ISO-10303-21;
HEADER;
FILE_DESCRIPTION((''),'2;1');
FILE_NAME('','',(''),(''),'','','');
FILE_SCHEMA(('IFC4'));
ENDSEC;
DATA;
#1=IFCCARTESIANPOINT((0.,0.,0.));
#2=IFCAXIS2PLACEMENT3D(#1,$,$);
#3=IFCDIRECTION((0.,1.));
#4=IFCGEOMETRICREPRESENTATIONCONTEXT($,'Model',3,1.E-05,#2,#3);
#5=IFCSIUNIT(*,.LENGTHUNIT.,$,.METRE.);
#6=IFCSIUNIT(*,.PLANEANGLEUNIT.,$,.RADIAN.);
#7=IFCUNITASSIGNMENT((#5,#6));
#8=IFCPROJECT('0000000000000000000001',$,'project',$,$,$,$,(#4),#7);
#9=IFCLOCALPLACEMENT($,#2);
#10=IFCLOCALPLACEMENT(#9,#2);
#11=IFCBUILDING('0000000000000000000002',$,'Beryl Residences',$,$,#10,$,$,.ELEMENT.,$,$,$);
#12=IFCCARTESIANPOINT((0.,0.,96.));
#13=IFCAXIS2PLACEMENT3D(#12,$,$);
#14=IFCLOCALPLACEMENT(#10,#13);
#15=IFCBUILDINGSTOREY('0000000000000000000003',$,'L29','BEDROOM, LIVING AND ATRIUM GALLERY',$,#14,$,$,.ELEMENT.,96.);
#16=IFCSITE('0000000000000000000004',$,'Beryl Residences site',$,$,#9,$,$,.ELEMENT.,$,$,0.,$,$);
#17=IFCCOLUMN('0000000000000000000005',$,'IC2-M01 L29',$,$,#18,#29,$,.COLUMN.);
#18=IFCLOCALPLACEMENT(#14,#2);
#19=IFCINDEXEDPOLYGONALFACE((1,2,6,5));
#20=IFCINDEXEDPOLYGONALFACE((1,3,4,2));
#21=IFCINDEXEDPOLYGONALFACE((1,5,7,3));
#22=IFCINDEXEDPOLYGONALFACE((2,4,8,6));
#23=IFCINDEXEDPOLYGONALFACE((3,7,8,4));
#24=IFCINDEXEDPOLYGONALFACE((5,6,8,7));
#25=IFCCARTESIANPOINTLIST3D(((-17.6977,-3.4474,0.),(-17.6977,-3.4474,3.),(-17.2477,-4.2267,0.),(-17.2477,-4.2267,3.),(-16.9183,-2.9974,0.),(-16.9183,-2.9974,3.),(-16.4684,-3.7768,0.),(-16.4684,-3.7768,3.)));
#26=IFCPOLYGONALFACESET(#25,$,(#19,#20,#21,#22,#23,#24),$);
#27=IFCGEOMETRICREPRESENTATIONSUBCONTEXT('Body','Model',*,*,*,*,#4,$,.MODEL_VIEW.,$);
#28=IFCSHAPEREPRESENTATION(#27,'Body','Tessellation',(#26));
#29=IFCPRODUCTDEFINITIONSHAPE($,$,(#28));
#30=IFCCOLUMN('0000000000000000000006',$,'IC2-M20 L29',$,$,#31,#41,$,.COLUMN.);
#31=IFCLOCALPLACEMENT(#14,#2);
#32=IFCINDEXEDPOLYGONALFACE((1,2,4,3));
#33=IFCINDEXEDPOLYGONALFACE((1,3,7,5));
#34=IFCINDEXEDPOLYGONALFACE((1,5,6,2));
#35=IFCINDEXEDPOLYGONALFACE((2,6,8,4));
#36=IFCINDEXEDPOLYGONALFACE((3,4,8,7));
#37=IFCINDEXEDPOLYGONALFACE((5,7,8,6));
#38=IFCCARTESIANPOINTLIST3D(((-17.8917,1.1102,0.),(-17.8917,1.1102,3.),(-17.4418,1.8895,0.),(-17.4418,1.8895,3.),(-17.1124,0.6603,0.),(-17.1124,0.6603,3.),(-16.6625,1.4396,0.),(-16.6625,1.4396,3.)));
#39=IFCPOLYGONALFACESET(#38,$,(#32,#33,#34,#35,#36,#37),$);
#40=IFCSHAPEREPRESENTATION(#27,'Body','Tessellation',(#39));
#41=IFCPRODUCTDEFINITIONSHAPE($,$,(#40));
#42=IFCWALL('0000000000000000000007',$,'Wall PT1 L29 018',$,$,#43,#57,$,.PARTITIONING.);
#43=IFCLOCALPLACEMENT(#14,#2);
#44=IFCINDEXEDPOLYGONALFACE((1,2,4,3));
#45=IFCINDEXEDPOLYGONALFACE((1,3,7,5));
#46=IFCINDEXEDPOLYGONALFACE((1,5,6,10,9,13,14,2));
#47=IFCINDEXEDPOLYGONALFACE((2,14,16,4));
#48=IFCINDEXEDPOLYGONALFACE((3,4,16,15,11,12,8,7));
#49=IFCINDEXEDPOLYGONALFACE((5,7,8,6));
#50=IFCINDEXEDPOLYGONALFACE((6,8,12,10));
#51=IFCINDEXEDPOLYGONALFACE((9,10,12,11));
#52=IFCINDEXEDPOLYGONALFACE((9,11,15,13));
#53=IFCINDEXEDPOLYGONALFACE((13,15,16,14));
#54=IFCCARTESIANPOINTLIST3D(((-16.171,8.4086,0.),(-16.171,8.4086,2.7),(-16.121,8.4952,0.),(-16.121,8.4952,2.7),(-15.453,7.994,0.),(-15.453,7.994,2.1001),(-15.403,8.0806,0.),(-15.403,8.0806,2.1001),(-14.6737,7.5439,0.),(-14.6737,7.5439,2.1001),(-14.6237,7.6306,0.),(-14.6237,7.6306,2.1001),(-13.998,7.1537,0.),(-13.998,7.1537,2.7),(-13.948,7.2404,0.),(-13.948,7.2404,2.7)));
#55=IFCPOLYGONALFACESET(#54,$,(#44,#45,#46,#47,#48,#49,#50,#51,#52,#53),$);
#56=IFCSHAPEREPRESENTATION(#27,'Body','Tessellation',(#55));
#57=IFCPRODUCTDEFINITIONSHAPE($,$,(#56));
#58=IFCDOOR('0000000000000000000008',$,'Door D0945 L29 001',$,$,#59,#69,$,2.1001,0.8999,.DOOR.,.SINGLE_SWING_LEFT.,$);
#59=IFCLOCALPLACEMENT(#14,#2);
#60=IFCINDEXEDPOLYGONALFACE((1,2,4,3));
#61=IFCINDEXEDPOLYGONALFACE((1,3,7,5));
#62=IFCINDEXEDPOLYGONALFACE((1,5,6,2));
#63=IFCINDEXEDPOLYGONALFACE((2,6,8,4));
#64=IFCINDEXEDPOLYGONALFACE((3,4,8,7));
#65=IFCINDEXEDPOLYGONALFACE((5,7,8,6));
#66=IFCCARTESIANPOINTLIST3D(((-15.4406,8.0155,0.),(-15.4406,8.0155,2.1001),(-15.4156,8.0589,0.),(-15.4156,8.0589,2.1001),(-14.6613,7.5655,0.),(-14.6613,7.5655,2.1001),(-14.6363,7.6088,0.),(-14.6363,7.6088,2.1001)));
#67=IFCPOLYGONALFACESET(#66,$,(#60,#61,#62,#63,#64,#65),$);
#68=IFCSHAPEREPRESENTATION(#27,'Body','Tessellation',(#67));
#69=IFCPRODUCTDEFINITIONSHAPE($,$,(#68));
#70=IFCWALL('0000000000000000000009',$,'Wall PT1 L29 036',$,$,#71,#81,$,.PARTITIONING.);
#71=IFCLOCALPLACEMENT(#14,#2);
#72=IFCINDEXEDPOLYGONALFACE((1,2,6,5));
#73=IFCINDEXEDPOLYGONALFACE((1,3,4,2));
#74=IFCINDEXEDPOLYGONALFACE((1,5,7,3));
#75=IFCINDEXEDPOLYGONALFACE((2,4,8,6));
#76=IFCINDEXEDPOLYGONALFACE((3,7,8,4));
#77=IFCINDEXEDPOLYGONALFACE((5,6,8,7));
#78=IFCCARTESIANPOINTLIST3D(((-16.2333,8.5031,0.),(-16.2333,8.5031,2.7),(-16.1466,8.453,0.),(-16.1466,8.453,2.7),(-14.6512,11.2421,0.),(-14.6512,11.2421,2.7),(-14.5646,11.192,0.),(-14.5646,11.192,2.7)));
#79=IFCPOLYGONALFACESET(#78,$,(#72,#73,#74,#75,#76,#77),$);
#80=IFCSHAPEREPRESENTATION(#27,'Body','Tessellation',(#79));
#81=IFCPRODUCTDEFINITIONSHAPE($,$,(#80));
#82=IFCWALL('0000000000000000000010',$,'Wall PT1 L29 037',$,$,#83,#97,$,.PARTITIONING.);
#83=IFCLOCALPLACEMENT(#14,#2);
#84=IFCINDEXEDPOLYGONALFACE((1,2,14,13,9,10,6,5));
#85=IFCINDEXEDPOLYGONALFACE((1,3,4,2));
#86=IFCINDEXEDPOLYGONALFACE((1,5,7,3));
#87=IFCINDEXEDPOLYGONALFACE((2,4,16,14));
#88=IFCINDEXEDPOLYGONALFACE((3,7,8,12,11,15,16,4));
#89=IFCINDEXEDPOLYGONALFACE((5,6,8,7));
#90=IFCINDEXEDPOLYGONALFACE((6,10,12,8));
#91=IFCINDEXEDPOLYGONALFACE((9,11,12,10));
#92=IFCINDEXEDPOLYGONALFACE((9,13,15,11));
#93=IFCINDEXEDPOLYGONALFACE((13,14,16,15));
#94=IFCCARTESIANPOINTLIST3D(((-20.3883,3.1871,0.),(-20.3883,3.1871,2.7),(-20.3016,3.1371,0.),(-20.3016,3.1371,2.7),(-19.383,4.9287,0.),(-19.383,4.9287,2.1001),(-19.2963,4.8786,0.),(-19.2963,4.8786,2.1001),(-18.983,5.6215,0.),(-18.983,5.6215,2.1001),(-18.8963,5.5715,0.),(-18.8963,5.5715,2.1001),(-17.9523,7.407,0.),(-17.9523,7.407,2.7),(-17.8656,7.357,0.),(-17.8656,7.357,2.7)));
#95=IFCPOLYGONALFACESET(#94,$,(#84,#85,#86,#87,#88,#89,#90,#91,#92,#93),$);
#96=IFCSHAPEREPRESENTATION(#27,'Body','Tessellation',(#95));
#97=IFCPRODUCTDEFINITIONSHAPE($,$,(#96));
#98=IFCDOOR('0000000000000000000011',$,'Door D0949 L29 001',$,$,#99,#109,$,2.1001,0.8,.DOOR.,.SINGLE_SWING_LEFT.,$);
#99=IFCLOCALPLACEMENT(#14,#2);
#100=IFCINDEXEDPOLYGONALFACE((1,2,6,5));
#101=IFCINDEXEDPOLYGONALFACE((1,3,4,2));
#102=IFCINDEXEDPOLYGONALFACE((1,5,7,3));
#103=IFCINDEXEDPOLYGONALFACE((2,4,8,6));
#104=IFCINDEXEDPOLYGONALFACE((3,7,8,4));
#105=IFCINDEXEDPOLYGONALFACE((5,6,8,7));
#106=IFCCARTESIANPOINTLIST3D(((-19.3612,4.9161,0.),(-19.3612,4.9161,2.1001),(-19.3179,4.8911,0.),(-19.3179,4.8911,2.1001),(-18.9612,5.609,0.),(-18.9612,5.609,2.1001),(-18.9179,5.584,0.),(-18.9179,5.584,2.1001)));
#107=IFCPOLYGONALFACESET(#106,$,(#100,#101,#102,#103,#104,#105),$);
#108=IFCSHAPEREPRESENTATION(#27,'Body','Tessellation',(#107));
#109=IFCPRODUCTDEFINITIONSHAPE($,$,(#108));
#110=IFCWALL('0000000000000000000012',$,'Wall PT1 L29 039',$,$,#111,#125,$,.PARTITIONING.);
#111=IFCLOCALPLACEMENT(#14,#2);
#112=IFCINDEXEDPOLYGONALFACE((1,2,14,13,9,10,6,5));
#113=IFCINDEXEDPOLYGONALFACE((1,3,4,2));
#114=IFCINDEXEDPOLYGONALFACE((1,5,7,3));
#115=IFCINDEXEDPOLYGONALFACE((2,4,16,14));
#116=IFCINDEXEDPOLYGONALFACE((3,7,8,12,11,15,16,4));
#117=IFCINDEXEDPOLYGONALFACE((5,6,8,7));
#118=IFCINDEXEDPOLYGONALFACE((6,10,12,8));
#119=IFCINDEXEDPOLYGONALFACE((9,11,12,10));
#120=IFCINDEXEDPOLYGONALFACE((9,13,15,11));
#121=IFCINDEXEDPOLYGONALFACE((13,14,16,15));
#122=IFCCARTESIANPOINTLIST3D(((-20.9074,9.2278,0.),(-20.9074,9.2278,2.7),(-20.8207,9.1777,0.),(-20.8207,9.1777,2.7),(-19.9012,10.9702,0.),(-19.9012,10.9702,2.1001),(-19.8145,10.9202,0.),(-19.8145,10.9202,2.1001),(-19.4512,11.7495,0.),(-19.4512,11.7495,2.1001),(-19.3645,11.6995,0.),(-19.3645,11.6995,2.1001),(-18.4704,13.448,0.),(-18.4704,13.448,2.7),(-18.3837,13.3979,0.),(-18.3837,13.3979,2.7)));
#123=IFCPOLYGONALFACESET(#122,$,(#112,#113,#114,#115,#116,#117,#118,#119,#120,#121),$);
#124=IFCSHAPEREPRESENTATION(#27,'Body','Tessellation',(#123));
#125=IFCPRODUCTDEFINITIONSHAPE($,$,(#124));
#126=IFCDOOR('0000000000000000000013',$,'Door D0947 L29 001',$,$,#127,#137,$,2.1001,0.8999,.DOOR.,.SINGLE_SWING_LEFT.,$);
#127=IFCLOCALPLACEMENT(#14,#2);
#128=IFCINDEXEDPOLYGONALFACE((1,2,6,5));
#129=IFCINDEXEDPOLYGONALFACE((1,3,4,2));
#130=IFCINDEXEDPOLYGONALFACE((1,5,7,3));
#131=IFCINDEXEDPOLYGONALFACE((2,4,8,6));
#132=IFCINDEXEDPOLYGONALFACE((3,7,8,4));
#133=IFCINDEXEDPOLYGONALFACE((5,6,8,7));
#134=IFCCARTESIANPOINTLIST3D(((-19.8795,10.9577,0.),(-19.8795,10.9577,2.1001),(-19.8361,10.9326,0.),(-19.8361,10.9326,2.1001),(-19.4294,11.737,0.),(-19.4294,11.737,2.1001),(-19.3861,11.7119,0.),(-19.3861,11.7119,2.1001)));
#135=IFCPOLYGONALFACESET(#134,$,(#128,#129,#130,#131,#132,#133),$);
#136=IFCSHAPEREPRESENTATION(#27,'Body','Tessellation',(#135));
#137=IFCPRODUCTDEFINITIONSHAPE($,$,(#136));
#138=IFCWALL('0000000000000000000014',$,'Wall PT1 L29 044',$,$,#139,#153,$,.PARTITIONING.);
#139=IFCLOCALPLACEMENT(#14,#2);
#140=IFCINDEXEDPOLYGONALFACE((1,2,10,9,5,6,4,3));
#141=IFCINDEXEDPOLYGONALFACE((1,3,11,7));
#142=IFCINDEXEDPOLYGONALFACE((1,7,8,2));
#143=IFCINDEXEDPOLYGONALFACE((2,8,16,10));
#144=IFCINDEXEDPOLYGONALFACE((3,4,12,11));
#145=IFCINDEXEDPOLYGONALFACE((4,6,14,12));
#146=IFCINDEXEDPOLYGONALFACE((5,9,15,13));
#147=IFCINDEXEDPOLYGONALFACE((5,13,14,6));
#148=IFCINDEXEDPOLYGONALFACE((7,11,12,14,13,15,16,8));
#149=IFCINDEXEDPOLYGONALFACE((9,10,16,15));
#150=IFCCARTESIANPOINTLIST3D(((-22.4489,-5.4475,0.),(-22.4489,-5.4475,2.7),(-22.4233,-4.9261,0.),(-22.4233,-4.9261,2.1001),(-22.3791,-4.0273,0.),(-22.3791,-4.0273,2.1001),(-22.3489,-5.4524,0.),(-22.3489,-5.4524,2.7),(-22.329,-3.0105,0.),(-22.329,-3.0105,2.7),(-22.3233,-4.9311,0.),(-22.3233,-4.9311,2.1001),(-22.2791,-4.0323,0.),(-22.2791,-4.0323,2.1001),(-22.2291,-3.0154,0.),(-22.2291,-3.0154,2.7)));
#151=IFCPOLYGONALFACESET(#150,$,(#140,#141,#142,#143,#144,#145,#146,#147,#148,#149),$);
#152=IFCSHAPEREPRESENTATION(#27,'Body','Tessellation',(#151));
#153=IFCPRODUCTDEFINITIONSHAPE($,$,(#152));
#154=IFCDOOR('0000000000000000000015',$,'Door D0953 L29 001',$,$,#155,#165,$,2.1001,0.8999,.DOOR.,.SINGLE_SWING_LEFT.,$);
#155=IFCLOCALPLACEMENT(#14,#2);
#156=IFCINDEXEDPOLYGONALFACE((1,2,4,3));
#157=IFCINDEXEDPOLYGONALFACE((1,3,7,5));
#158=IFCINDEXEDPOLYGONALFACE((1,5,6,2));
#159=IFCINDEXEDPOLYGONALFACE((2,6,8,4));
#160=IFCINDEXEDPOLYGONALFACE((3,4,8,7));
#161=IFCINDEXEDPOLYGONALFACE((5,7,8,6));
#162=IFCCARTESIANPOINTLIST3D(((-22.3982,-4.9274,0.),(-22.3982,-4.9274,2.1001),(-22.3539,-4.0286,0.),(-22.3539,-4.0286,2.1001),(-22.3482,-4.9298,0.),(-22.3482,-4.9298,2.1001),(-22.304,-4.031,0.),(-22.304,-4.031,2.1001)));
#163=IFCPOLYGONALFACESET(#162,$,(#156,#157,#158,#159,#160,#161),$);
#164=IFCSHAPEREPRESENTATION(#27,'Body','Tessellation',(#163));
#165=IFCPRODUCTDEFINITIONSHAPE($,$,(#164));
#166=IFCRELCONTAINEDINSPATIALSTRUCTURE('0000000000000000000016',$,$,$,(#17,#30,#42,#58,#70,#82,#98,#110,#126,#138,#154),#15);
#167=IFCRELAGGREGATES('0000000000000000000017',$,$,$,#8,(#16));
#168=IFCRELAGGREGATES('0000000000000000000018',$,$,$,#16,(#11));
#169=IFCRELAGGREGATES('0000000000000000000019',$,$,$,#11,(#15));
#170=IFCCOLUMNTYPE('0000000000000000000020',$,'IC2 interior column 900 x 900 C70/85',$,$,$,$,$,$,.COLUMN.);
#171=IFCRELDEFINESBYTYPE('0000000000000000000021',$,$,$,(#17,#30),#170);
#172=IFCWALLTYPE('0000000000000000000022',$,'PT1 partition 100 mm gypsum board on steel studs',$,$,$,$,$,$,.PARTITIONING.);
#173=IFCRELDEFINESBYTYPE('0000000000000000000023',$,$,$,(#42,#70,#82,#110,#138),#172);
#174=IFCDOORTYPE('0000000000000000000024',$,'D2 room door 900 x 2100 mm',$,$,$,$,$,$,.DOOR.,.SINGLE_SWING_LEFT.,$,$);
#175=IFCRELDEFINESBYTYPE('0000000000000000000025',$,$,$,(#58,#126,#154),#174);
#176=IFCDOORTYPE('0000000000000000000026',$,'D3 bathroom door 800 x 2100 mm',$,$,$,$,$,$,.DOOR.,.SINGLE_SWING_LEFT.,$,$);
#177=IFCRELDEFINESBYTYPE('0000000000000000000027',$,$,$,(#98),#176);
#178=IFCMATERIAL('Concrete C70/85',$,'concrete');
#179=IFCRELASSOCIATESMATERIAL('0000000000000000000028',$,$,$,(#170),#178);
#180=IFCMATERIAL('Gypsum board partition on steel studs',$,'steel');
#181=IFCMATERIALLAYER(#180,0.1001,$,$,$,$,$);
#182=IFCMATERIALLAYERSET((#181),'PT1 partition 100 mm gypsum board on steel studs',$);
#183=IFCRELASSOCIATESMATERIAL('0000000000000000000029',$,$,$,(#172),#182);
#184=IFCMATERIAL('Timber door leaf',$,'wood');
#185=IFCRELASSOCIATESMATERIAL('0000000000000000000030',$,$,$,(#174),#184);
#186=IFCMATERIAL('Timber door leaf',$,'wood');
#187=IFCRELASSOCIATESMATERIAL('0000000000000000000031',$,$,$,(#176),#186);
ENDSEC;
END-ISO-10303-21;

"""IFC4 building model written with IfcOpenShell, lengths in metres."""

from ifc_helpers import new_model, si_unit, direction, frame, frame_2d, origin, origin_2d, place, context, subcontext, project, spatial, rectangle, extrude, material, layer, layer_set, material_profile, profile_set, type_object, element, fill, save


model = new_model("IFC4")

# Units and contexts
model_context = context("Model", 3, precision=1e-05, world=origin(), true_north=direction((0.0, 1.0)))
body_context = subcontext(model_context, "Body", "Model", "MODEL_VIEW")
ifc_project = project(units=[si_unit("LENGTHUNIT", "METRE"), si_unit("PLANEANGLEUNIT", "RADIAN")], contexts=[model_context])

# Site, building, storey
site_placement = place(None, origin())
site = spatial("IfcSite", under=ifc_project, at=site_placement, Name="Beryl Residences site", CompositionType="ELEMENT", RefElevation=0.0)
building_placement = place(site_placement, origin())
building = spatial("IfcBuilding", under=site, at=building_placement, Name="Beryl Residences", CompositionType="ELEMENT")
storey_placement = place(building_placement, frame((0.0, 0.0, 96.0)))
storey = spatial("IfcBuildingStorey", under=building, at=storey_placement, Name="L29", Description="BEDROOM, LIVING AND ATRIUM GALLERY", CompositionType="ELEMENT", Elevation=96.0)

# Columns
ifc_material_1 = material(Name="Concrete C70/85", Category="concrete")
ifc_material_profile = material_profile(ifc_material_1, rectangle(XDim=0.8999, YDim=0.8999, at=origin_2d()))
ifc_profile_set = profile_set([ifc_material_profile], Name="Concrete C70/85")
column_type = type_object("IfcColumnType", Name="IC2 interior column 900 x 900 C70/85", PredefinedType="COLUMN", material=ifc_profile_set)
for number, where, z_axis, x_axis, name in (
    (1, (-17.083, -3.6121, 0.0), (0.0, 0.0, 1.0), (0.5, -0.866025, 0.0), "IC2-M01 L29"),
    (2, (-17.2771, 1.2749, 0.0), (0.0, 0.0, 1.0), (-0.5, -0.866025, 0.0), "IC2-M20 L29"),
):
    element("IfcColumn", number, at=place(storey_placement, frame(where, z_axis=z_axis, x_axis=x_axis)), inside=storey, type_object=column_type, Name=name, PredefinedType="COLUMN", context=body_context, shape_type="SweptSolid", body=[
        extrude(rectangle(XDim=0.8999, YDim=0.8999, at=origin_2d()), origin(), (0.0, 0.0, 1.0), 3.0),
    ])

# Wall, opening, door
ifc_material_2 = material(Name="Gypsum board partition on steel studs", Category="steel")
ifc_layer_1 = layer(ifc_material_2, 0.1001)
ifc_layer_set_1 = layer_set([ifc_layer_1], Name="PT1 partition 100 mm gypsum board on steel studs")
wall_type_1 = type_object("IfcWallType", Name="PT1 partition 100 mm gypsum board on steel studs", PredefinedType="PARTITIONING", material=ifc_layer_set_1)
wall_1_placement = place(storey_placement, frame((-16.146, 8.4519, 0.0), z_axis=(0.0, 0.0, 1.0), x_axis=(0.865983, -0.500073, 0.0)))
wall_1 = element("IfcWall", 3, at=wall_1_placement, inside=storey, type_object=wall_type_1, Name="Wall PT1 L29 018", PredefinedType="PARTITIONING", context=body_context, shape_type="SweptSolid", body=[
    extrude(rectangle(XDim=2.5093, YDim=0.1001, at=frame_2d((1.2546, 0.0))), origin(), (0.0, 0.0, 1.0), 2.7),
])
opening_1_placement = place(wall_1_placement, frame((0.8291, 0.0, 0.0)))
opening_1 = element("IfcOpeningElement", 4, at=opening_1_placement, cuts=wall_1, PredefinedType="OPENING", context=body_context, shape_type="SweptSolid", body=[
    extrude(rectangle(XDim=0.8999, YDim=2.1001, at=frame_2d((0.45, 1.05))), frame((0.0, 0.0601, 0.0), z_axis=(0.0, -1.0, 0.0), x_axis=(1.0, 0.0, 0.0)), (0.0, 0.0, 1.0), 0.1201),
])
ifc_material_3 = material(Name="Timber door leaf", Category="wood")
door_type_1 = type_object("IfcDoorType", Name="D2 room door 900 x 2100 mm", OperationType="SINGLE_SWING_LEFT", PredefinedType="DOOR", material=ifc_material_3)
door_1_placement = place(opening_1_placement, origin())
door_1 = element("IfcDoor", 5, at=door_1_placement, inside=storey, type_object=door_type_1, Name="Door D0945 L29 001", OperationType="SINGLE_SWING_LEFT", OverallHeight=2.1001, OverallWidth=0.8999, PredefinedType="DOOR", context=body_context, shape_type="SweptSolid", body=[
    extrude(rectangle(XDim=0.8999, YDim=2.1001, at=frame_2d((0.45, 1.05))), frame((0.0, 0.0249, 0.0), z_axis=(0.0, -1.0, 0.0), x_axis=(1.0, 0.0, 0.0)), (0.0, 0.0, 1.0), 0.05),
])
fill(opening_1, door_1)

# Wall
wall_2_placement = place(storey_placement, frame((-16.1899, 8.478, 0.0), z_axis=(0.0, 0.0, 1.0), x_axis=(0.500157, 0.865935, 0.0)))
element("IfcWall", 6, at=wall_2_placement, inside=storey, type_object=wall_type_1, Name="Wall PT1 L29 036", PredefinedType="PARTITIONING", context=body_context, shape_type="SweptSolid", body=[
    extrude(rectangle(XDim=3.1631, YDim=0.1001, at=frame_2d((1.5815, 0.0))), origin(), (0.0, 0.0, 1.0), 2.7),
])

# Walls, openings, doors
wall_3_placement = place(storey_placement, frame((-20.345, 3.1621, 0.0), z_axis=(0.0, 0.0, 1.0), x_axis=(0.499944, 0.866058, 0.0)))
wall_3 = element("IfcWall", 7, at=wall_3_placement, inside=storey, type_object=wall_type_1, Name="Wall PT1 L29 037", PredefinedType="PARTITIONING", context=body_context, shape_type="SweptSolid", body=[
    extrude(rectangle(XDim=4.8726, YDim=0.1001, at=frame_2d((2.4363, 0.0))), origin(), (0.0, 0.0, 1.0), 2.7),
])
opening_2_placement = place(wall_3_placement, frame((2.011, 0.0, 0.0)))
opening_2 = element("IfcOpeningElement", 8, at=opening_2_placement, cuts=wall_3, PredefinedType="OPENING", context=body_context, shape_type="SweptSolid", body=[
    extrude(rectangle(XDim=0.8, YDim=2.1001, at=frame_2d((0.3999, 1.05))), frame((0.0, 0.0601, 0.0), z_axis=(0.0, -1.0, 0.0), x_axis=(1.0, 0.0, 0.0)), (0.0, 0.0, 1.0), 0.1201),
])
ifc_material_4 = material(Name="Timber door leaf", Category="wood")
door_type_2 = type_object("IfcDoorType", Name="D3 bathroom door 800 x 2100 mm", OperationType="SINGLE_SWING_LEFT", PredefinedType="DOOR", material=ifc_material_4)
door_2_placement = place(opening_2_placement, origin())
door_2 = element("IfcDoor", 9, at=door_2_placement, inside=storey, type_object=door_type_2, Name="Door D0949 L29 001", OperationType="SINGLE_SWING_LEFT", OverallHeight=2.1001, OverallWidth=0.8, PredefinedType="DOOR", context=body_context, shape_type="SweptSolid", body=[
    extrude(rectangle(XDim=0.8, YDim=2.1001, at=frame_2d((0.3999, 1.05))), frame((0.0, 0.0249, 0.0), z_axis=(0.0, -1.0, 0.0), x_axis=(1.0, 0.0, 0.0)), (0.0, 0.0, 1.0), 0.05),
])
fill(opening_2, door_2)
wall_4_placement = place(storey_placement, frame((-20.864, 9.2029, 0.0), z_axis=(0.0, 0.0, 1.0), x_axis=(0.500072, 0.865984, 0.0)))
wall_4 = element("IfcWall", 10, at=wall_4_placement, inside=storey, type_object=wall_type_1, Name="Wall PT1 L29 039", PredefinedType="PARTITIONING", context=body_context, shape_type="SweptSolid", body=[
    extrude(rectangle(XDim=4.8733, YDim=0.1001, at=frame_2d((2.4365, 0.0))), origin(), (0.0, 0.0, 1.0), 2.7),
])
opening_3_placement = place(wall_4_placement, frame((2.012, 0.0, 0.0)))
opening_3 = element("IfcOpeningElement", 11, at=opening_3_placement, cuts=wall_4, PredefinedType="OPENING", context=body_context, shape_type="SweptSolid", body=[
    extrude(rectangle(XDim=0.8999, YDim=2.1001, at=frame_2d((0.45, 1.05))), frame((0.0, 0.0601, 0.0), z_axis=(0.0, -1.0, 0.0), x_axis=(1.0, 0.0, 0.0)), (0.0, 0.0, 1.0), 0.1201),
])
door_3_placement = place(opening_3_placement, origin())
door_3 = element("IfcDoor", 12, at=door_3_placement, inside=storey, type_object=door_type_1, Name="Door D0947 L29 001", OperationType="SINGLE_SWING_LEFT", OverallHeight=2.1001, OverallWidth=0.8999, PredefinedType="DOOR", context=body_context, shape_type="SweptSolid", body=[
    extrude(rectangle(XDim=0.8999, YDim=2.1001, at=frame_2d((0.45, 1.05))), frame((0.0, 0.0249, 0.0), z_axis=(0.0, -1.0, 0.0), x_axis=(1.0, 0.0, 0.0)), (0.0, 0.0, 1.0), 0.05),
])
fill(opening_3, door_3)
wall_5_placement = place(storey_placement, frame((-22.3989, -5.45, 0.0), z_axis=(0.0, 0.0, 1.0), x_axis=(0.049129, 0.998792, 0.0)))
wall_5 = element("IfcWall", 13, at=wall_5_placement, inside=storey, type_object=wall_type_1, Name="Wall PT1 L29 044", PredefinedType="PARTITIONING", context=body_context, shape_type="SweptSolid", body=[
    extrude(rectangle(XDim=2.4399, YDim=0.1001, at=frame_2d((1.22, 0.0))), origin(), (0.0, 0.0, 1.0), 2.7),
])
opening_4_placement = place(wall_5_placement, frame((0.522, 0.0, 0.0)))
opening_4 = element("IfcOpeningElement", 14, at=opening_4_placement, cuts=wall_5, PredefinedType="OPENING", context=body_context, shape_type="SweptSolid", body=[
    extrude(rectangle(XDim=0.8999, YDim=2.1001, at=frame_2d((0.45, 1.05))), frame((0.0, 0.0601, 0.0), z_axis=(0.0, -1.0, 0.0), x_axis=(1.0, 0.0, 0.0)), (0.0, 0.0, 1.0), 0.1201),
])
door_4_placement = place(opening_4_placement, origin())
door_4 = element("IfcDoor", 15, at=door_4_placement, inside=storey, type_object=door_type_1, Name="Door D0953 L29 001", OperationType="SINGLE_SWING_LEFT", OverallHeight=2.1001, OverallWidth=0.8999, PredefinedType="DOOR", context=body_context, shape_type="SweptSolid", body=[
    extrude(rectangle(XDim=0.8999, YDim=2.1001, at=frame_2d((0.45, 1.05))), frame((0.0, 0.0249, 0.0), z_axis=(0.0, -1.0, 0.0), x_axis=(1.0, 0.0, 0.0)), (0.0, 0.0, 1.0), 0.05),
])
fill(opening_4, door_4)

save(model, "model.ifc")
